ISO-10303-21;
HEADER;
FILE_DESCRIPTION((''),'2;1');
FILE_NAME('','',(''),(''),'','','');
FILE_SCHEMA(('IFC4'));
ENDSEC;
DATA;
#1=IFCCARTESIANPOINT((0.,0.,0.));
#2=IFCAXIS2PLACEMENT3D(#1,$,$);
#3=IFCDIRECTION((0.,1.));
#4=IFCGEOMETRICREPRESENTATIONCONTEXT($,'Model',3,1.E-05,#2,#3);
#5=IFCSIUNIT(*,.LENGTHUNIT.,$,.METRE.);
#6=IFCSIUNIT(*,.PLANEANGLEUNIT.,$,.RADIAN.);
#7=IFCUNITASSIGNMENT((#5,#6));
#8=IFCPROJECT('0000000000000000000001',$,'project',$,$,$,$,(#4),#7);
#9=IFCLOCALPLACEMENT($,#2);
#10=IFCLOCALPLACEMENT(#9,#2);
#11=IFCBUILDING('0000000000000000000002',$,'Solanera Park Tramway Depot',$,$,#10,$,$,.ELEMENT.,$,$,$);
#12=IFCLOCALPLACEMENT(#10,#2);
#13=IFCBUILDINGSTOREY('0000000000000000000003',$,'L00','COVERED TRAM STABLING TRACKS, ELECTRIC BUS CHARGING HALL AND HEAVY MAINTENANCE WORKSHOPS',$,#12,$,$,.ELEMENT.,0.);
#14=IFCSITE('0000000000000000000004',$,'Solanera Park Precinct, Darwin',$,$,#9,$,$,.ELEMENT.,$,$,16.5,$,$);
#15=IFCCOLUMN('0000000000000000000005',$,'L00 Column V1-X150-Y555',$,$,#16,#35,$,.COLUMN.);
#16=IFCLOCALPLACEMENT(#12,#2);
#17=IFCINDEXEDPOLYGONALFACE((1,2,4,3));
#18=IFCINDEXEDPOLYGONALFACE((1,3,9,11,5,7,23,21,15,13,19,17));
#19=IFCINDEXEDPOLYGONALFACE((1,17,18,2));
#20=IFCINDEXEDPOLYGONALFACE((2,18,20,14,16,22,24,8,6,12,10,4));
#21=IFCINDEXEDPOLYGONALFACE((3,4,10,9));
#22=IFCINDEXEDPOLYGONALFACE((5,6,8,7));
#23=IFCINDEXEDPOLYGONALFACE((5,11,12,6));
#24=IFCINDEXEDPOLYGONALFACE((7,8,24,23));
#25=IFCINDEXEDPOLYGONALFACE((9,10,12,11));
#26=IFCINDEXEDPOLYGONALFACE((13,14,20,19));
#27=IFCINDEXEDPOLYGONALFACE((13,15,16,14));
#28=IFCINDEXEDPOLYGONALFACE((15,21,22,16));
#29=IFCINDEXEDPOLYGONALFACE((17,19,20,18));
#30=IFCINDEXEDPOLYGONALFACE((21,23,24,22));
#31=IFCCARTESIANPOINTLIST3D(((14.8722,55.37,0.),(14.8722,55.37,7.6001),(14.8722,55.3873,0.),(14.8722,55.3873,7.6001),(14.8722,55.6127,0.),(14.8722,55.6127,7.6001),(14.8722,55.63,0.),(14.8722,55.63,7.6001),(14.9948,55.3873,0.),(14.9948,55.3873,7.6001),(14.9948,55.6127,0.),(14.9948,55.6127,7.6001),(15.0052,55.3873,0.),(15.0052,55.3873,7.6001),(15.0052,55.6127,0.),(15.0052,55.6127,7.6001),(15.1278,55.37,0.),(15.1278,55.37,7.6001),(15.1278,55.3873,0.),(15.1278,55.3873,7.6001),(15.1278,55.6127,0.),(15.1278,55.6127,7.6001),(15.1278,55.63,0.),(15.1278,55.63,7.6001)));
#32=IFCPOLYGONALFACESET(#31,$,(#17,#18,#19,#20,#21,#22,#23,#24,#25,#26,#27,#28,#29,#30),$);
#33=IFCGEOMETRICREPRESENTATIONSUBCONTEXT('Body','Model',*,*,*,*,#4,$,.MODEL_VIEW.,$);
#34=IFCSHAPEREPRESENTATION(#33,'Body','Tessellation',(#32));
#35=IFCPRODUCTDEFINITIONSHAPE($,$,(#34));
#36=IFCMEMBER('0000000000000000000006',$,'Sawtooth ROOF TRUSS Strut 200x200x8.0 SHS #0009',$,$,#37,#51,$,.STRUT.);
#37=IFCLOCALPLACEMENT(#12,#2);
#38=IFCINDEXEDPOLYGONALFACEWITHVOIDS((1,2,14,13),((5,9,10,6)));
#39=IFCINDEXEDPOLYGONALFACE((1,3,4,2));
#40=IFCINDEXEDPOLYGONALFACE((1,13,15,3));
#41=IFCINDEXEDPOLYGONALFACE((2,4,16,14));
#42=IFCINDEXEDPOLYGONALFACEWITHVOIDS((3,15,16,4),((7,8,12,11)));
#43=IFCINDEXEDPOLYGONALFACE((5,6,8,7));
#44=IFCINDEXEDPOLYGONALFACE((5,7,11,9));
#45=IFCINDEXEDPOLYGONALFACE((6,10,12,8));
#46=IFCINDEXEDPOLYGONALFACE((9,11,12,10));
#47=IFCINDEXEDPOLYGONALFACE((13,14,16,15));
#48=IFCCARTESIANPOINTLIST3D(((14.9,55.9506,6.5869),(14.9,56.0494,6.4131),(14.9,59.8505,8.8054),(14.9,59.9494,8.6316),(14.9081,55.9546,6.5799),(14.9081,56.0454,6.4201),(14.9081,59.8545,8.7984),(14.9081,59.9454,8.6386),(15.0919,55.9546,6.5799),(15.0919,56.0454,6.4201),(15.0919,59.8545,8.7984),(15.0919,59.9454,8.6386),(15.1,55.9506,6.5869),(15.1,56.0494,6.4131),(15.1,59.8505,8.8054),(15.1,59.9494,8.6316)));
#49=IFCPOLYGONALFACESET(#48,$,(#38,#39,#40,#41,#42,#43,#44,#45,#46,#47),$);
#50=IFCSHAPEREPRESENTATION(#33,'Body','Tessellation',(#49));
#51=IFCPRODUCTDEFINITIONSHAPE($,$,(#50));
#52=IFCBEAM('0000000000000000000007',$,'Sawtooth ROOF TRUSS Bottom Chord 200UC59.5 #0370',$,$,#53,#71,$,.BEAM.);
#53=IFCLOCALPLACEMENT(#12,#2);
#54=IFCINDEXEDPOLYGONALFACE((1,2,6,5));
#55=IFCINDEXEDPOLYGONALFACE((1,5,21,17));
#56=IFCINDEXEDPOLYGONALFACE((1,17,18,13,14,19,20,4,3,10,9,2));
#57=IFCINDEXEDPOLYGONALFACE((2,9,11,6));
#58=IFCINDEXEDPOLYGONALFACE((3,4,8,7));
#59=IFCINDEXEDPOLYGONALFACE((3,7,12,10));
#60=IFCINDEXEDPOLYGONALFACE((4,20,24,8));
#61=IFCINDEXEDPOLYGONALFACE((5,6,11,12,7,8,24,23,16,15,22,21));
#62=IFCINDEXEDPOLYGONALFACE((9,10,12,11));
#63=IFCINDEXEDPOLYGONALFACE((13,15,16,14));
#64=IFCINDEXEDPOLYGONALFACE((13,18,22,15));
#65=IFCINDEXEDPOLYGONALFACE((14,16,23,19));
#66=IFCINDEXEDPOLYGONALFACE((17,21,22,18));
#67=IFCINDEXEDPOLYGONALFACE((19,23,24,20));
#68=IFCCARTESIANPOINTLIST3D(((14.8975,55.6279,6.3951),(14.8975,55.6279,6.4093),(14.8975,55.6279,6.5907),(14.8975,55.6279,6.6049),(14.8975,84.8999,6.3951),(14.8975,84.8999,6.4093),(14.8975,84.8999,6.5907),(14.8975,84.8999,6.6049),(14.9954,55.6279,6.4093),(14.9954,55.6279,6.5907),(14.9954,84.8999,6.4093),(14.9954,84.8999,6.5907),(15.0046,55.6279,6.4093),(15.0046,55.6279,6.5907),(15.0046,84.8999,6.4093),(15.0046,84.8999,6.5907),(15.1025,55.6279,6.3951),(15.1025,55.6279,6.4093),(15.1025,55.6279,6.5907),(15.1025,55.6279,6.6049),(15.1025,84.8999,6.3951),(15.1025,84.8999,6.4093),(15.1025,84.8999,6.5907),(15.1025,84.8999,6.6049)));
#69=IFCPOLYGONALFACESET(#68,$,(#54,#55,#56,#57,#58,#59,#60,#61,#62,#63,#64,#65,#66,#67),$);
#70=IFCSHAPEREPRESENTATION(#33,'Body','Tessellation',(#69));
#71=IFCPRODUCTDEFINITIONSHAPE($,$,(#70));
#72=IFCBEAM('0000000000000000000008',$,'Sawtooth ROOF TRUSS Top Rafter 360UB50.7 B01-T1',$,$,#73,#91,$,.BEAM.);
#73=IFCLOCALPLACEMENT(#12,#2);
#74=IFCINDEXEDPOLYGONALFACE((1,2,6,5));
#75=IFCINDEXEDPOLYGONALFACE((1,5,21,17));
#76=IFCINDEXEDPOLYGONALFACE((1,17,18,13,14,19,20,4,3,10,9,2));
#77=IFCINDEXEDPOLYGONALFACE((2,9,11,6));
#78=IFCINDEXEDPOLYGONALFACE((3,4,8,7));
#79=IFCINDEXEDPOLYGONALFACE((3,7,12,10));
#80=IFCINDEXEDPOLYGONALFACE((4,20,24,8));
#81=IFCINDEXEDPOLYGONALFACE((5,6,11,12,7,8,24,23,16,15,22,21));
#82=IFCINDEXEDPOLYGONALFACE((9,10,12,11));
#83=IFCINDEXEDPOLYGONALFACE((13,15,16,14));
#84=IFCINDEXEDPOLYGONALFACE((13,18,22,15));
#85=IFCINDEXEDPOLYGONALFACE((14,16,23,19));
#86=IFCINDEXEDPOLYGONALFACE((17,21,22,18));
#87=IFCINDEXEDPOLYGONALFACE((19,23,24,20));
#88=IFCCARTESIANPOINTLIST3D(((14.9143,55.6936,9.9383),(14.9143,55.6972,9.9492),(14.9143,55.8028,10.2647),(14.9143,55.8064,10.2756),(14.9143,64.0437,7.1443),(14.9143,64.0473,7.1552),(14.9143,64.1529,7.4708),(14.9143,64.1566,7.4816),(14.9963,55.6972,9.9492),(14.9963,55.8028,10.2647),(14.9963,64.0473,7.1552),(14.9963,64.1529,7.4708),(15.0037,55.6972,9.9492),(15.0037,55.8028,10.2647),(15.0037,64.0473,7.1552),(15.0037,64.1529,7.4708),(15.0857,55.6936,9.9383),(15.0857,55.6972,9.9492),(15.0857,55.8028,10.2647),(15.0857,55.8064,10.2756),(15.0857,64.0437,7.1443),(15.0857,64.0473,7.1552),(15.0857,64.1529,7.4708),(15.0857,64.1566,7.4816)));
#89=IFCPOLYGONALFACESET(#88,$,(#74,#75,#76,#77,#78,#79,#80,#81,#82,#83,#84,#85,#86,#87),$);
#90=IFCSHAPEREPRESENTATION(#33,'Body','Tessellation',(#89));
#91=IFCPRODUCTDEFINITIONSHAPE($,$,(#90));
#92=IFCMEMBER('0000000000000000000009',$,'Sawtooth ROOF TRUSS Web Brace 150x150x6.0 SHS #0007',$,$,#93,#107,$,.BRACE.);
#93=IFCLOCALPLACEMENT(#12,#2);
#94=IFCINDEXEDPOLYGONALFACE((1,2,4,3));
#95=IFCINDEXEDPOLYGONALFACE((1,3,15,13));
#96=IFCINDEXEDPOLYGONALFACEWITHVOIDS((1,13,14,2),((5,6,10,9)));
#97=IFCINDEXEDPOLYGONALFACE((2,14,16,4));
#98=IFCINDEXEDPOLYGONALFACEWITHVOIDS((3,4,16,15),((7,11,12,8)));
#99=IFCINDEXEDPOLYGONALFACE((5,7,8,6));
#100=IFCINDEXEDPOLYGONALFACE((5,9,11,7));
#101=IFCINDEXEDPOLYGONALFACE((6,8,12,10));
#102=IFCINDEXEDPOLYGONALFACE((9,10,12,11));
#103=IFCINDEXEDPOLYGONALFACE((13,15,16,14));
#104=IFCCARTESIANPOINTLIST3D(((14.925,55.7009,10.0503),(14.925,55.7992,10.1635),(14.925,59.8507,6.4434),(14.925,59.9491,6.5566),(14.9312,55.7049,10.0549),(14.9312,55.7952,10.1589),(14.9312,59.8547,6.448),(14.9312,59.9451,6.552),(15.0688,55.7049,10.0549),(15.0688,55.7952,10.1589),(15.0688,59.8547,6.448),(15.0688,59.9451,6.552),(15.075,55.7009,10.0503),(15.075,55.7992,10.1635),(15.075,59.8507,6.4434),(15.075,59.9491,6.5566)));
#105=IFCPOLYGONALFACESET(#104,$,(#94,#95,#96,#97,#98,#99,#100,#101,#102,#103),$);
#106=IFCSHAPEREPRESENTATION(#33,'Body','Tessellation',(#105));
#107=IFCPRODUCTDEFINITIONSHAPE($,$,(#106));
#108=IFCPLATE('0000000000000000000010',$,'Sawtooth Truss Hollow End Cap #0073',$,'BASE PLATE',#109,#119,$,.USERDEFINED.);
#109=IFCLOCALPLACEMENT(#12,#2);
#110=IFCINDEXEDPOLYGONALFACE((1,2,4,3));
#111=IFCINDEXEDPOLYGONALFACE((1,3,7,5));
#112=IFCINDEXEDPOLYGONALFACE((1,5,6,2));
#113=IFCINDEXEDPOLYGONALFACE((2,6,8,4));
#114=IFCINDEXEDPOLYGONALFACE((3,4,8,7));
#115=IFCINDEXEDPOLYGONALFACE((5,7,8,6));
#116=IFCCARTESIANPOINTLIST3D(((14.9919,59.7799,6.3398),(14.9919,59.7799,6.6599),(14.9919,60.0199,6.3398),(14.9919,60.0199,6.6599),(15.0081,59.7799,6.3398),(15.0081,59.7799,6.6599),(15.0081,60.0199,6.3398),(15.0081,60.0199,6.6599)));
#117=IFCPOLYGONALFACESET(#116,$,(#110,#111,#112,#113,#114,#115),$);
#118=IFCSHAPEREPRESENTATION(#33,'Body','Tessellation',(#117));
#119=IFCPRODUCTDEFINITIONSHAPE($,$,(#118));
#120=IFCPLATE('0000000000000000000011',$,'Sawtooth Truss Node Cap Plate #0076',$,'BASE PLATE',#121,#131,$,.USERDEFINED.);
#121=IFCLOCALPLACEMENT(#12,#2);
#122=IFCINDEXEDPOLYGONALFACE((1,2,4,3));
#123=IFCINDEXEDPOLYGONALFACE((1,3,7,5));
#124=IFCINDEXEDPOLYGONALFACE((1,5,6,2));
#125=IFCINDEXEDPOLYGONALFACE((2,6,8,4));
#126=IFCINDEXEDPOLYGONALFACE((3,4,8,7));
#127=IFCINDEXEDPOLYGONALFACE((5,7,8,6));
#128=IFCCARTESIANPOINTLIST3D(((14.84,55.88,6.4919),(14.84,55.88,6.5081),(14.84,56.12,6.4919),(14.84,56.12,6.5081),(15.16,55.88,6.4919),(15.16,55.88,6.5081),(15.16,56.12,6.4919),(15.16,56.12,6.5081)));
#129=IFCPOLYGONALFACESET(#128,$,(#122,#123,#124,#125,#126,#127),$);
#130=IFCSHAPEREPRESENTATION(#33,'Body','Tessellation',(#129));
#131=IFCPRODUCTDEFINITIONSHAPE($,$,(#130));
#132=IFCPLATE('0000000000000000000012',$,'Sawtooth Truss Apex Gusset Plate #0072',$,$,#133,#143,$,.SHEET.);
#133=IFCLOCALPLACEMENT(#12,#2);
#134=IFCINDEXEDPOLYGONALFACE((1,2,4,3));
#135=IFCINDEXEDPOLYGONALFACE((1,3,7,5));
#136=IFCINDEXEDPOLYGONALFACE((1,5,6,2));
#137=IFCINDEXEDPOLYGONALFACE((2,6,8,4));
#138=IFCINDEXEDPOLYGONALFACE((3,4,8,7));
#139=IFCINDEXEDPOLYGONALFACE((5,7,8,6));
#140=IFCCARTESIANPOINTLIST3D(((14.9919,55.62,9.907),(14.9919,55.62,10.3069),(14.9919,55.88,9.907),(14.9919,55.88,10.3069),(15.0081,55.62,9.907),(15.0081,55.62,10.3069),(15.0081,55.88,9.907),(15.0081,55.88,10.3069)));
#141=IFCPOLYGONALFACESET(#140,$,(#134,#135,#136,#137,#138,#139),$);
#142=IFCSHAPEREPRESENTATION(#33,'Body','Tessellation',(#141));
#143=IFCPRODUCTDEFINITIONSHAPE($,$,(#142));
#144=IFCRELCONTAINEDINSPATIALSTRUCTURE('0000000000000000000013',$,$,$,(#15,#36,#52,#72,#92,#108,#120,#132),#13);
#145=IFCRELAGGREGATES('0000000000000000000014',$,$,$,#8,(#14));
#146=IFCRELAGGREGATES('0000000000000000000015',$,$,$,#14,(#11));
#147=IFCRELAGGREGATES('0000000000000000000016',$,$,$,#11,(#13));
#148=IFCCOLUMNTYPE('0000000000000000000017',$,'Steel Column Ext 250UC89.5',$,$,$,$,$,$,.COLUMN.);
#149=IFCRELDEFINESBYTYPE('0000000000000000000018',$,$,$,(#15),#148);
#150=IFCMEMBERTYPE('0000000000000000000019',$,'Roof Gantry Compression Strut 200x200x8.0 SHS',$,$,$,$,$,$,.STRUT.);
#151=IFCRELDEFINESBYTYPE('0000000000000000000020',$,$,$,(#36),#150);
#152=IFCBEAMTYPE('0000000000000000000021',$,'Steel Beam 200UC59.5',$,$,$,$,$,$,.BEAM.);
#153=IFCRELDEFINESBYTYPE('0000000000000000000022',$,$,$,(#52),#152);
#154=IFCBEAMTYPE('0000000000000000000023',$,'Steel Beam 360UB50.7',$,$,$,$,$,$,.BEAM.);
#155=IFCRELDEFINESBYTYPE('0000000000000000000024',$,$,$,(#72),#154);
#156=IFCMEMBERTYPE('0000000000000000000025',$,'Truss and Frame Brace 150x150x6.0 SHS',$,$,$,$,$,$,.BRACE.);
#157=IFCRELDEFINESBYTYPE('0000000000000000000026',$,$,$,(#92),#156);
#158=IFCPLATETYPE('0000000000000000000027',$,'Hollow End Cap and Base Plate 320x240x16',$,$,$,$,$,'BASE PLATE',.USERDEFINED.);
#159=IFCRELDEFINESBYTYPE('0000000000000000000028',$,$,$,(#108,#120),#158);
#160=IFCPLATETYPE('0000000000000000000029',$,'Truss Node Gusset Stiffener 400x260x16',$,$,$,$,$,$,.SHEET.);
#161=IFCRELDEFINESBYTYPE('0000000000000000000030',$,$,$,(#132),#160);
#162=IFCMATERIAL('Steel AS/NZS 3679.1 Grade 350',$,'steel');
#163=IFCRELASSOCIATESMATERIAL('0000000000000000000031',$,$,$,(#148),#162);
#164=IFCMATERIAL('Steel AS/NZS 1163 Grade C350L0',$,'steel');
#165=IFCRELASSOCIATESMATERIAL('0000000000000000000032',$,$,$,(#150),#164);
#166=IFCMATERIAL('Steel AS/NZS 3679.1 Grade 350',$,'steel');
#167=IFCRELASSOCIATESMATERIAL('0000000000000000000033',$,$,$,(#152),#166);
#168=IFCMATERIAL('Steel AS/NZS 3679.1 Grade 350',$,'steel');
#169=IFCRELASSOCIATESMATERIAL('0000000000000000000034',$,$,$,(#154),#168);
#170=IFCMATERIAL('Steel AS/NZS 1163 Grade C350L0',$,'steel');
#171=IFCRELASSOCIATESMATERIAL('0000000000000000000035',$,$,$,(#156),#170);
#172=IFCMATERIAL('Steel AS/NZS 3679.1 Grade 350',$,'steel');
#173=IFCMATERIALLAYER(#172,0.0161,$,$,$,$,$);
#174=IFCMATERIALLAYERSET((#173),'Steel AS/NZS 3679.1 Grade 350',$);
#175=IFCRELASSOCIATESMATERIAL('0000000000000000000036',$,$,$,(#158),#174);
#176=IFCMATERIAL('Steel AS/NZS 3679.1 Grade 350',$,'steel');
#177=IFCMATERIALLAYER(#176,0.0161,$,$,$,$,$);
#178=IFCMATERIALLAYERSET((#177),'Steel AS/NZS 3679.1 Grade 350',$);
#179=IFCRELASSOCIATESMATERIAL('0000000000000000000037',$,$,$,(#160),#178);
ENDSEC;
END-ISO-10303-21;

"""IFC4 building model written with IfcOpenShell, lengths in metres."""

from ifc_helpers import new_model, si_unit, direction, frame, origin, origin_2d, place, context, subcontext, project, spatial, rectangle, hollow_rectangle, i_section, extrude, material, layer, layer_set, material_profile, profile_set, type_object, element, save


model = new_model("IFC4")

# Units and contexts
model_context = context("Model", 3, precision=1e-05, world=origin(), true_north=direction((0.0, 1.0)))
body_context = subcontext(model_context, "Body", "Model", "MODEL_VIEW")
ifc_project = project(units=[si_unit("LENGTHUNIT", "METRE"), si_unit("PLANEANGLEUNIT", "RADIAN")], contexts=[model_context])

# Site, building, storey
site_placement = place(None, origin())
site = spatial("IfcSite", under=ifc_project, at=site_placement, Name="Solanera Park Precinct, Darwin", CompositionType="ELEMENT", RefElevation=16.5)
building_placement = place(site_placement, origin())
building = spatial("IfcBuilding", under=site, at=building_placement, Name="Solanera Park Tramway Depot", CompositionType="ELEMENT")
storey_placement = place(building_placement, origin())
storey = spatial("IfcBuildingStorey", under=building, at=storey_placement, Name="L00", Description="COVERED TRAM STABLING TRACKS, ELECTRIC BUS CHARGING HALL AND HEAVY MAINTENANCE WORKSHOPS", CompositionType="ELEMENT", Elevation=0.0)

# Column
ifc_material_1 = material(Name="Steel AS/NZS 3679.1 Grade 350", Category="steel")
ifc_material_profile_1 = material_profile(ifc_material_1, i_section(OverallWidth=0.2556, OverallDepth=0.26, WebThickness=0.0105, FlangeThickness=0.0173, at=origin_2d()), Name="250UC89.5")
ifc_profile_set_1 = profile_set([ifc_material_profile_1], Name="Steel AS/NZS 3679.1 Grade 350")
column_type = type_object("IfcColumnType", Name="Steel Column Ext 250UC89.5", PredefinedType="COLUMN", material=ifc_profile_set_1)
column_placement = place(storey_placement, frame((15.0, 55.5, 0.0), z_axis=(0.0, 0.0, 1.0), x_axis=(1.0, 0.0, 0.0)))
element("IfcColumn", 1, at=column_placement, inside=storey, type_object=column_type, Name="L00 Column V1-X150-Y555", PredefinedType="COLUMN", context=body_context, shape_type="SweptSolid", body=[
    extrude(i_section(OverallWidth=0.2556, OverallDepth=0.26, WebThickness=0.0105, FlangeThickness=0.0173, at=origin_2d()), origin(), (0.0, 0.0, 1.0), 7.6001),
])

# Member
ifc_material_2 = material(Name="Steel AS/NZS 1163 Grade C350L0", Category="steel")
ifc_material_profile_2 = material_profile(ifc_material_2, hollow_rectangle(XDim=0.2, YDim=0.2, WallThickness=0.0081, at=origin_2d()), Name="200x200x8.0 SHS")
ifc_profile_set_2 = profile_set([ifc_material_profile_2], Name="Steel AS/NZS 1163 Grade C350L0")
member_type_1 = type_object("IfcMemberType", Name="Roof Gantry Compression Strut 200x200x8.0 SHS", PredefinedType="STRUT", material=ifc_profile_set_2)
member_1_placement = place(storey_placement, frame((15.0, 56.0, 6.5), z_axis=(0.0, 0.869203, 0.494456), x_axis=(-1.0, 0.0, 0.0)))
element("IfcMember", 2, at=member_1_placement, inside=storey, type_object=member_type_1, Name="Sawtooth ROOF TRUSS Strut 200x200x8.0 SHS #0009", PredefinedType="STRUT", context=body_context, shape_type="SweptSolid", body=[
    extrude(hollow_rectangle(XDim=0.2, YDim=0.2, WallThickness=0.0081, at=origin_2d()), origin(), (0.0, 0.0, 1.0), 4.4868),
])

# Beams
ifc_material_3 = material(Name="Steel AS/NZS 3679.1 Grade 350", Category="steel")
ifc_material_profile_3 = material_profile(ifc_material_3, i_section(OverallWidth=0.2051, OverallDepth=0.2097, WebThickness=0.0093, FlangeThickness=0.0142, at=origin_2d()), Name="200UC59.5")
ifc_profile_set_3 = profile_set([ifc_material_profile_3], Name="Steel AS/NZS 3679.1 Grade 350")
beam_type_1 = type_object("IfcBeamType", Name="Steel Beam 200UC59.5", PredefinedType="BEAM", material=ifc_profile_set_3)
beam_1_placement = place(storey_placement, frame((15.0, 55.6279, 6.5), z_axis=(0.0, 1.0, 0.0), x_axis=(-1.0, 0.0, 0.0)))
element("IfcBeam", 3, at=beam_1_placement, inside=storey, type_object=beam_type_1, Name="Sawtooth ROOF TRUSS Bottom Chord 200UC59.5 #0370", PredefinedType="BEAM", context=body_context, shape_type="SweptSolid", body=[
    extrude(i_section(OverallWidth=0.2051, OverallDepth=0.2097, WebThickness=0.0093, FlangeThickness=0.0142, at=origin_2d()), origin(), (0.0, 0.0, 1.0), 29.272),
])
ifc_material_4 = material(Name="Steel AS/NZS 3679.1 Grade 350", Category="steel")
ifc_material_profile_4 = material_profile(ifc_material_4, i_section(OverallWidth=0.1714, OverallDepth=0.3557, WebThickness=0.0073, FlangeThickness=0.0115, at=origin_2d()), Name="360UB50.7")
ifc_profile_set_4 = profile_set([ifc_material_profile_4], Name="Steel AS/NZS 3679.1 Grade 350")
beam_type_2 = type_object("IfcBeamType", Name="Steel Beam 360UB50.7", PredefinedType="BEAM", material=ifc_profile_set_4)
beam_2_placement = place(storey_placement, frame((15.0, 55.75, 10.1069), z_axis=(0.0, 0.948322, -0.317309), x_axis=(-1.0, 0.0, 0.0)))
element("IfcBeam", 4, at=beam_2_placement, inside=storey, type_object=beam_type_2, Name="Sawtooth ROOF TRUSS Top Rafter 360UB50.7 B01-T1", PredefinedType="BEAM", context=body_context, shape_type="SweptSolid", body=[
    extrude(i_section(OverallWidth=0.1714, OverallDepth=0.3557, WebThickness=0.0073, FlangeThickness=0.0115, at=origin_2d()), origin(), (0.0, 0.0, 1.0), 8.8052),
])

# Member
ifc_material_5 = material(Name="Steel AS/NZS 1163 Grade C350L0", Category="steel")
ifc_material_profile_5 = material_profile(ifc_material_5, hollow_rectangle(XDim=0.1499, YDim=0.1499, WallThickness=0.0061, at=origin_2d()), Name="150x150x6.0 SHS")
ifc_profile_set_5 = profile_set([ifc_material_profile_5], Name="Steel AS/NZS 1163 Grade C350L0")
member_type_2 = type_object("IfcMemberType", Name="Truss and Frame Brace 150x150x6.0 SHS", PredefinedType="BRACE", material=ifc_profile_set_5)
member_2_placement = place(storey_placement, frame((15.0, 59.8999, 6.5), z_axis=(0.0, -0.754757, 0.656005), x_axis=(1.0, 0.0, 0.0)))
element("IfcMember", 5, at=member_2_placement, inside=storey, type_object=member_type_2, Name="Sawtooth ROOF TRUSS Web Brace 150x150x6.0 SHS #0007", PredefinedType="BRACE", context=body_context, shape_type="SweptSolid", body=[
    extrude(hollow_rectangle(XDim=0.1499, YDim=0.1499, WallThickness=0.0061, at=origin_2d()), origin(), (0.0, 0.0, 1.0), 5.4983),
])

# Plates
ifc_material_6 = material(Name="Steel AS/NZS 3679.1 Grade 350", Category="steel")
ifc_layer_1 = layer(ifc_material_6, 0.0161)
ifc_layer_set_1 = layer_set([ifc_layer_1], Name="Steel AS/NZS 3679.1 Grade 350")
plate_type_1 = type_object("IfcPlateType", Name="Hollow End Cap and Base Plate 320x240x16", ElementType="BASE PLATE", PredefinedType="USERDEFINED", material=ifc_layer_set_1)
plate_1_placement = place(storey_placement, frame((15.0, 59.8999, 6.3398), z_axis=(0.0, 0.0, 1.0), x_axis=(1.0, 0.0, 0.0)))
element("IfcPlate", 6, at=plate_1_placement, inside=storey, type_object=plate_type_1, Name="Sawtooth Truss Hollow End Cap #0073", ObjectType="BASE PLATE", PredefinedType="USERDEFINED", context=body_context, shape_type="SweptSolid", body=[
    extrude(rectangle(XDim=0.0161, YDim=0.24, at=origin_2d()), origin(), (0.0, 0.0, 1.0), 0.3201),
])
plate_2_placement = place(storey_placement, frame((15.0, 56.0, 6.4919), z_axis=(0.0, 0.0, 1.0), x_axis=(1.0, 0.0, 0.0)))
element("IfcPlate", 7, at=plate_2_placement, inside=storey, type_object=plate_type_1, Name="Sawtooth Truss Node Cap Plate #0076", ObjectType="BASE PLATE", PredefinedType="USERDEFINED", context=body_context, shape_type="SweptSolid", body=[
    extrude(rectangle(XDim=0.3201, YDim=0.24, at=origin_2d()), origin(), (0.0, 0.0, 1.0), 0.0161),
])
ifc_material_7 = material(Name="Steel AS/NZS 3679.1 Grade 350", Category="steel")
ifc_layer_2 = layer(ifc_material_7, 0.0161)
ifc_layer_set_2 = layer_set([ifc_layer_2], Name="Steel AS/NZS 3679.1 Grade 350")
plate_type_2 = type_object("IfcPlateType", Name="Truss Node Gusset Stiffener 400x260x16", PredefinedType="SHEET", material=ifc_layer_set_2)
plate_3_placement = place(storey_placement, frame((15.0, 55.75, 9.907), z_axis=(0.0, 0.0, 1.0), x_axis=(1.0, 0.0, 0.0)))
element("IfcPlate", 8, at=plate_3_placement, inside=storey, type_object=plate_type_2, Name="Sawtooth Truss Apex Gusset Plate #0072", PredefinedType="SHEET", context=body_context, shape_type="SweptSolid", body=[
    extrude(rectangle(XDim=0.0161, YDim=0.26, at=origin_2d()), origin(), (0.0, 0.0, 1.0), 0.3999),
])

save(model, "model.ifc")
